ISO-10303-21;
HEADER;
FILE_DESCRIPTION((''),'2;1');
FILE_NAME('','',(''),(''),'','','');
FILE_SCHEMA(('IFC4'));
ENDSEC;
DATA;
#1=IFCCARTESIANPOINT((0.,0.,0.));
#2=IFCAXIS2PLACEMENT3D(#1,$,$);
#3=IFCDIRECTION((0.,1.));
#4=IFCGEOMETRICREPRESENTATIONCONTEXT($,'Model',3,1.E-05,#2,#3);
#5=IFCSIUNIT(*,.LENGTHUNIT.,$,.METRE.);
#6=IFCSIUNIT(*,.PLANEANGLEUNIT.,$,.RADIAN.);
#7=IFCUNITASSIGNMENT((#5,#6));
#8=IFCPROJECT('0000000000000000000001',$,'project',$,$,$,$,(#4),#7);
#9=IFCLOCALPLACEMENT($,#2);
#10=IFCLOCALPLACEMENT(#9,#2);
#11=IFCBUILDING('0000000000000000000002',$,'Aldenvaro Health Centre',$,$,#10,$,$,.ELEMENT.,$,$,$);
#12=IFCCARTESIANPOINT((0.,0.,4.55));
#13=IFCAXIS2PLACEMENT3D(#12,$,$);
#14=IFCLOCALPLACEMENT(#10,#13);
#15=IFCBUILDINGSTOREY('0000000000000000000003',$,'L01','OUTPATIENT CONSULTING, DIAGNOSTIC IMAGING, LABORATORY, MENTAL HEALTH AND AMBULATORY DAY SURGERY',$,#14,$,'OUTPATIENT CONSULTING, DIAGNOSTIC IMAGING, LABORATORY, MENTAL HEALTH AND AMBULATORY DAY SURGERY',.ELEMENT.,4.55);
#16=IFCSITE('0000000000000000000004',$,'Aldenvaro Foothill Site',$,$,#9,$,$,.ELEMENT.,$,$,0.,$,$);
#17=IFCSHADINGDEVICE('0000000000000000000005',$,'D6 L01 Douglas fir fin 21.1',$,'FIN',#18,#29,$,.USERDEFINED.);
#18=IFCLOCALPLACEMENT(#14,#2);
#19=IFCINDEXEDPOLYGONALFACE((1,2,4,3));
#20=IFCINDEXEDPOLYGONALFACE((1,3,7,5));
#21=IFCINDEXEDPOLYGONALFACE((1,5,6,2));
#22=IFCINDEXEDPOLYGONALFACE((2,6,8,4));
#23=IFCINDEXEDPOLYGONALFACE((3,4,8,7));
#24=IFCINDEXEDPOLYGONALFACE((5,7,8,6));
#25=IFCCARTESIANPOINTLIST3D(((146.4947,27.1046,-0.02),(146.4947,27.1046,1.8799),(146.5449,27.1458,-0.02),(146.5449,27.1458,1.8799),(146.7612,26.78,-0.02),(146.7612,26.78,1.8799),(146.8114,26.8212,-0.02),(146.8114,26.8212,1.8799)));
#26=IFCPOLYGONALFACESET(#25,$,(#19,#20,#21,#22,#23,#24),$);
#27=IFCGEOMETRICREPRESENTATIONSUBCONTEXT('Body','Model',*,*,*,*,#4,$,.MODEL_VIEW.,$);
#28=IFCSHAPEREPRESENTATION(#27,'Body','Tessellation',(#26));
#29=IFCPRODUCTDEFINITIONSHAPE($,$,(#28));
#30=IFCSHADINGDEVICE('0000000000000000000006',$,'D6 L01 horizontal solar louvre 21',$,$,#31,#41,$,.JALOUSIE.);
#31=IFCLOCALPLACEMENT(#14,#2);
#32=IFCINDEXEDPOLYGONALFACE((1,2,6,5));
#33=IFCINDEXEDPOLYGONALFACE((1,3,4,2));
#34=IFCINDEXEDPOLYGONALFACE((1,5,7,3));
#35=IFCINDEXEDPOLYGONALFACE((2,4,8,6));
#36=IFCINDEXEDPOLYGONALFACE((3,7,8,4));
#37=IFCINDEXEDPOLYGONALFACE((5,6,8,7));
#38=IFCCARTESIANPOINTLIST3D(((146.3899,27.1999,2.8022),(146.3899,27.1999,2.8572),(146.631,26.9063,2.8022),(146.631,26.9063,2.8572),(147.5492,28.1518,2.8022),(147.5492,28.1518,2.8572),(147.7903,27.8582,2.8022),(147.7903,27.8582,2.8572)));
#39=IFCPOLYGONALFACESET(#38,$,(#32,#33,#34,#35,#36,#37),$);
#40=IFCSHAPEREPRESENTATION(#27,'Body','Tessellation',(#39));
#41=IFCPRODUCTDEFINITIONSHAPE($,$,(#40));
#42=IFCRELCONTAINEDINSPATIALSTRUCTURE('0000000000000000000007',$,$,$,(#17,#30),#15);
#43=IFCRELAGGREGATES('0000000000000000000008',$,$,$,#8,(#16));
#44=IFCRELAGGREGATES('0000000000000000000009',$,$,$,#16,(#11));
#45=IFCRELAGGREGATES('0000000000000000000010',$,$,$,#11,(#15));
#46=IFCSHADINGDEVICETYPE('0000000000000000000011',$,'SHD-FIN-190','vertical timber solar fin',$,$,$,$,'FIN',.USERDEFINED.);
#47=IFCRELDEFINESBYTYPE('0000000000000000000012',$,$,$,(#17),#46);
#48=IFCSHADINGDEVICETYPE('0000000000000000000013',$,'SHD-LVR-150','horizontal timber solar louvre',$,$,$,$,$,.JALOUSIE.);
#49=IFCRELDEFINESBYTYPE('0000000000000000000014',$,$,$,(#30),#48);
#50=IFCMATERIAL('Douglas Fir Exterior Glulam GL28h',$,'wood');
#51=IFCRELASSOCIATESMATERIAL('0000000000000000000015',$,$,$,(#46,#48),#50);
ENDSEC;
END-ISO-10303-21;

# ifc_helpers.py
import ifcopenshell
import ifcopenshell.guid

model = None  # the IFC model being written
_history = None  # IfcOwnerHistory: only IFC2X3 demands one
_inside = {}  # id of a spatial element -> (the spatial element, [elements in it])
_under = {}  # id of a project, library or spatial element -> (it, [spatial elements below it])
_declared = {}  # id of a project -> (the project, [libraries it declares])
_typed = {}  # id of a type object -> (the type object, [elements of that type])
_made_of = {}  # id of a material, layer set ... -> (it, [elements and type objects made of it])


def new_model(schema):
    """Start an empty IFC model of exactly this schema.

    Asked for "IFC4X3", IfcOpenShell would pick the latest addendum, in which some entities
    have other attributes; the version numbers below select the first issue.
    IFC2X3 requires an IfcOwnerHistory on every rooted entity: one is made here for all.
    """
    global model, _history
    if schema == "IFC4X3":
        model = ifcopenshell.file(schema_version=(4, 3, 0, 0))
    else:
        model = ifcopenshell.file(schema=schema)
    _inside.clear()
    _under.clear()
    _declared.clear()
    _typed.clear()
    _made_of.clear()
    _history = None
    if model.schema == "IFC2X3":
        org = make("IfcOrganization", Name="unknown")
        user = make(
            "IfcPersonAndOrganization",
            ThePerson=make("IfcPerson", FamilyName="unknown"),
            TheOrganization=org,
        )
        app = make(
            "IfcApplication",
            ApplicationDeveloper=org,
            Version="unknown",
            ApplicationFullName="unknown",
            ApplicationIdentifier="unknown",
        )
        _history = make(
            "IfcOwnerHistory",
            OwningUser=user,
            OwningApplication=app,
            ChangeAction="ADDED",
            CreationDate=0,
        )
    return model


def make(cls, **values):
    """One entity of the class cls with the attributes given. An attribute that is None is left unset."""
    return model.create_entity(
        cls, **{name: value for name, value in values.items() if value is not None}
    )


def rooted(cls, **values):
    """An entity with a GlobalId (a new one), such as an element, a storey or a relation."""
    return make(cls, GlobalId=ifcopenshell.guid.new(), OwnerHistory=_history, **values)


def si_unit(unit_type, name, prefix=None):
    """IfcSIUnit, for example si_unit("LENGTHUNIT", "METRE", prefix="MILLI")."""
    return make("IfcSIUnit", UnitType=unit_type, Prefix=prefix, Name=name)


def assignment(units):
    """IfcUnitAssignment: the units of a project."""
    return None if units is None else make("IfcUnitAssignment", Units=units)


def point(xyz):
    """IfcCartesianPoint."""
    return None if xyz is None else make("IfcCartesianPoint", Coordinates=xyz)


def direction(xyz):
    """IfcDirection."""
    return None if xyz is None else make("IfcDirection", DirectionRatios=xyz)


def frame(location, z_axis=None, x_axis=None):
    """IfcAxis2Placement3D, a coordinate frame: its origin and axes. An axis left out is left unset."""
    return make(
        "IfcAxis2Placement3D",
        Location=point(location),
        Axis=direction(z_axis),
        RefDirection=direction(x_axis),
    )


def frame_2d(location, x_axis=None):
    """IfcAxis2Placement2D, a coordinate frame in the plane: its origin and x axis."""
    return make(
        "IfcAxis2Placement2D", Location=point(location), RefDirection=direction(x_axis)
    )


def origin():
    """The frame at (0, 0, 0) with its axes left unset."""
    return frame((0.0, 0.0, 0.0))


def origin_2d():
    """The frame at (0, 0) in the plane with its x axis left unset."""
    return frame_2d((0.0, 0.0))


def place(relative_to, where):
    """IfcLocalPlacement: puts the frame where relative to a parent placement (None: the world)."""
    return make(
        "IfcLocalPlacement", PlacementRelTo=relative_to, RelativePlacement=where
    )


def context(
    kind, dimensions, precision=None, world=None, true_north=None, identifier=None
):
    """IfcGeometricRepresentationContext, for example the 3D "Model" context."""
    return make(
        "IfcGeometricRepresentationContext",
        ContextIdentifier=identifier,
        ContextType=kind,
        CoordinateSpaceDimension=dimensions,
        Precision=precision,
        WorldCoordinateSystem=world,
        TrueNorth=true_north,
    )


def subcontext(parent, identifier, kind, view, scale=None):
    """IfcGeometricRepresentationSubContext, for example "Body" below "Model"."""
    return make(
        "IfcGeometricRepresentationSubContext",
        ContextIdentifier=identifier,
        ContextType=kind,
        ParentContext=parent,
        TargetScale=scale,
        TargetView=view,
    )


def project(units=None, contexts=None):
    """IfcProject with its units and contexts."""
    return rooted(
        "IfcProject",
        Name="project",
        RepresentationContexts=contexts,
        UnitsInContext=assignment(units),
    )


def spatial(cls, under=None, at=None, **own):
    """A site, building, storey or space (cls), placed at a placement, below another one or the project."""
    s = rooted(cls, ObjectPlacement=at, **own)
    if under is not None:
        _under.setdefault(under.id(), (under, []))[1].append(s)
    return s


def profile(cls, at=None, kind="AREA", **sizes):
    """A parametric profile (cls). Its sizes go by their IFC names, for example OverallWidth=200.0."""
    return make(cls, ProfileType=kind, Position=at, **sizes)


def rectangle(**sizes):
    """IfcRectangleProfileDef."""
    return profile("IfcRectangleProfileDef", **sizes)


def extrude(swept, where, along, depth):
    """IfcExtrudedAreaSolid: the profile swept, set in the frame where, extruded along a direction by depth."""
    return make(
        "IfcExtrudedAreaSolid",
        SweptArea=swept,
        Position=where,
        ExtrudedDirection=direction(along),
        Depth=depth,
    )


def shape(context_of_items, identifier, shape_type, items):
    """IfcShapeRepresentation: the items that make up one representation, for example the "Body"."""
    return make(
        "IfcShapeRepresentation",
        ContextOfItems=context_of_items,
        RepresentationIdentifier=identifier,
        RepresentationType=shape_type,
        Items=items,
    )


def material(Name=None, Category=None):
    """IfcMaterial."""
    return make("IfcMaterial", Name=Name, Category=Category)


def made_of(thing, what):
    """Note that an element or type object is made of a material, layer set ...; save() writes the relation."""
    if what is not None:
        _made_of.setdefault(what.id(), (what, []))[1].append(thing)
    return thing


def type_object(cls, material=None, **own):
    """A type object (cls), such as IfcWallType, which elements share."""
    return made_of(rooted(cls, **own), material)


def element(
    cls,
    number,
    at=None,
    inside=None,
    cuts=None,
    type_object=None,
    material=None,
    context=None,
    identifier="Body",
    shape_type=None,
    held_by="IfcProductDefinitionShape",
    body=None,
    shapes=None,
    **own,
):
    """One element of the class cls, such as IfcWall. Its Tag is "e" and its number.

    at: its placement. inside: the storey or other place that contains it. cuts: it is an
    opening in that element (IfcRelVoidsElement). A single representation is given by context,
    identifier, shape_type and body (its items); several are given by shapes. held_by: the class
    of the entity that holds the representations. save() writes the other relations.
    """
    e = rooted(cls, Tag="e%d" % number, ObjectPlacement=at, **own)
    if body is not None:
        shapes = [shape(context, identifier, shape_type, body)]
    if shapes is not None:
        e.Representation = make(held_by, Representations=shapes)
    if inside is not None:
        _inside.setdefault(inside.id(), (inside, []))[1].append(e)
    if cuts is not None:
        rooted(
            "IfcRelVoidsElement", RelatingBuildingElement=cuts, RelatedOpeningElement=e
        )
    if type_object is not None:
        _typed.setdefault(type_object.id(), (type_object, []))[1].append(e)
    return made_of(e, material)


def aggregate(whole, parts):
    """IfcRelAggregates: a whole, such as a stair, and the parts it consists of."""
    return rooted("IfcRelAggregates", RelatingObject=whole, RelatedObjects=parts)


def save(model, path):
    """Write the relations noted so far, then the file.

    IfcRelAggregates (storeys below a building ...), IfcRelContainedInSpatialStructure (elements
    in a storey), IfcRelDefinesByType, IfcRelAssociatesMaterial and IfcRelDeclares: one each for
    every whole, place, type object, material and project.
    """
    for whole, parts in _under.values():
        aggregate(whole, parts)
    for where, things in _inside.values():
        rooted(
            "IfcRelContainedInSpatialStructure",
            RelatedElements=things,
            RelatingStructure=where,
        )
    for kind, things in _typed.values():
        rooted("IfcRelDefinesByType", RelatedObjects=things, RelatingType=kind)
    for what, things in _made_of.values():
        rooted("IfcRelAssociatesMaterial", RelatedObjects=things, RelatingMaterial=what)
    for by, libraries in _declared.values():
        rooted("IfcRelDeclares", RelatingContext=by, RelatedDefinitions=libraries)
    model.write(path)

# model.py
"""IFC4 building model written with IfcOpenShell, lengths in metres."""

from ifc_helpers import new_model, si_unit, direction, frame, origin, origin_2d, place, context, subcontext, project, spatial, rectangle, extrude, material, type_object, element, save


model = new_model("IFC4")

# Units and contexts
model_context = context("Model", 3, precision=1e-05, world=origin(), true_north=direction((0.0, 1.0)))
body_context = subcontext(model_context, "Body", "Model", "MODEL_VIEW")
ifc_project = project(units=[si_unit("LENGTHUNIT", "METRE"), si_unit("PLANEANGLEUNIT", "RADIAN")], contexts=[model_context])

# Site, building, storey
site_placement = place(None, origin())
site = spatial("IfcSite", under=ifc_project, at=site_placement, Name="Aldenvaro Foothill Site", CompositionType="ELEMENT", RefElevation=0.0)
building_placement = place(site_placement, origin())
building = spatial("IfcBuilding", under=site, at=building_placement, Name="Aldenvaro Health Centre", CompositionType="ELEMENT")
storey_placement = place(building_placement, frame((0.0, 0.0, 4.55)))
storey = spatial("IfcBuildingStorey", under=building, at=storey_placement, Name="L01", Description="OUTPATIENT CONSULTING, DIAGNOSTIC IMAGING, LABORATORY, MENTAL HEALTH AND AMBULATORY DAY SURGERY", LongName="OUTPATIENT CONSULTING, DIAGNOSTIC IMAGING, LABORATORY, MENTAL HEALTH AND AMBULATORY DAY SURGERY", CompositionType="ELEMENT", Elevation=4.55)

# Shading devices
ifc_material_1 = material(Name="Douglas Fir Exterior Glulam GL28h", Category="wood")
shading_device_type_1 = type_object("IfcShadingDeviceType", Name="SHD-FIN-190", Description="vertical timber solar fin", ElementType="FIN", PredefinedType="USERDEFINED", material=ifc_material_1)
shading_device_1_placement = place(storey_placement, frame((146.6531, 26.9629, -0.02), z_axis=(0.0, 0.0, 1.0), x_axis=(0.77286, 0.634577, 0.0)))
element("IfcShadingDevice", 1, at=shading_device_1_placement, inside=storey, type_object=shading_device_type_1, Name="D6 L01 Douglas fir fin 21.1", ObjectType="FIN", PredefinedType="USERDEFINED", context=body_context, shape_type="SweptSolid", body=[
    extrude(rectangle(XDim=0.0649, YDim=0.4199, at=origin_2d()), origin(), (0.0, 0.0, 1.0), 1.8999),
])
shading_device_type_2 = type_object("IfcShadingDeviceType", Name="SHD-LVR-150", Description="horizontal timber solar louvre", PredefinedType="JALOUSIE", material=ifc_material_1)
shading_device_2_placement = place(storey_placement, frame((147.0901, 27.5291, 2.8022), z_axis=(0.0, 0.0, 1.0), x_axis=(0.77286, 0.634577, 0.0)))
element("IfcShadingDevice", 2, at=shading_device_2_placement, inside=storey, type_object=shading_device_type_2, Name="D6 L01 horizontal solar louvre 21", PredefinedType="JALOUSIE", context=body_context, shape_type="SweptSolid", body=[
    extrude(rectangle(XDim=1.5, YDim=0.3799, at=origin_2d()), origin(), (0.0, 0.0, 1.0), 0.0549),
])

save(model, "model.ifc")
